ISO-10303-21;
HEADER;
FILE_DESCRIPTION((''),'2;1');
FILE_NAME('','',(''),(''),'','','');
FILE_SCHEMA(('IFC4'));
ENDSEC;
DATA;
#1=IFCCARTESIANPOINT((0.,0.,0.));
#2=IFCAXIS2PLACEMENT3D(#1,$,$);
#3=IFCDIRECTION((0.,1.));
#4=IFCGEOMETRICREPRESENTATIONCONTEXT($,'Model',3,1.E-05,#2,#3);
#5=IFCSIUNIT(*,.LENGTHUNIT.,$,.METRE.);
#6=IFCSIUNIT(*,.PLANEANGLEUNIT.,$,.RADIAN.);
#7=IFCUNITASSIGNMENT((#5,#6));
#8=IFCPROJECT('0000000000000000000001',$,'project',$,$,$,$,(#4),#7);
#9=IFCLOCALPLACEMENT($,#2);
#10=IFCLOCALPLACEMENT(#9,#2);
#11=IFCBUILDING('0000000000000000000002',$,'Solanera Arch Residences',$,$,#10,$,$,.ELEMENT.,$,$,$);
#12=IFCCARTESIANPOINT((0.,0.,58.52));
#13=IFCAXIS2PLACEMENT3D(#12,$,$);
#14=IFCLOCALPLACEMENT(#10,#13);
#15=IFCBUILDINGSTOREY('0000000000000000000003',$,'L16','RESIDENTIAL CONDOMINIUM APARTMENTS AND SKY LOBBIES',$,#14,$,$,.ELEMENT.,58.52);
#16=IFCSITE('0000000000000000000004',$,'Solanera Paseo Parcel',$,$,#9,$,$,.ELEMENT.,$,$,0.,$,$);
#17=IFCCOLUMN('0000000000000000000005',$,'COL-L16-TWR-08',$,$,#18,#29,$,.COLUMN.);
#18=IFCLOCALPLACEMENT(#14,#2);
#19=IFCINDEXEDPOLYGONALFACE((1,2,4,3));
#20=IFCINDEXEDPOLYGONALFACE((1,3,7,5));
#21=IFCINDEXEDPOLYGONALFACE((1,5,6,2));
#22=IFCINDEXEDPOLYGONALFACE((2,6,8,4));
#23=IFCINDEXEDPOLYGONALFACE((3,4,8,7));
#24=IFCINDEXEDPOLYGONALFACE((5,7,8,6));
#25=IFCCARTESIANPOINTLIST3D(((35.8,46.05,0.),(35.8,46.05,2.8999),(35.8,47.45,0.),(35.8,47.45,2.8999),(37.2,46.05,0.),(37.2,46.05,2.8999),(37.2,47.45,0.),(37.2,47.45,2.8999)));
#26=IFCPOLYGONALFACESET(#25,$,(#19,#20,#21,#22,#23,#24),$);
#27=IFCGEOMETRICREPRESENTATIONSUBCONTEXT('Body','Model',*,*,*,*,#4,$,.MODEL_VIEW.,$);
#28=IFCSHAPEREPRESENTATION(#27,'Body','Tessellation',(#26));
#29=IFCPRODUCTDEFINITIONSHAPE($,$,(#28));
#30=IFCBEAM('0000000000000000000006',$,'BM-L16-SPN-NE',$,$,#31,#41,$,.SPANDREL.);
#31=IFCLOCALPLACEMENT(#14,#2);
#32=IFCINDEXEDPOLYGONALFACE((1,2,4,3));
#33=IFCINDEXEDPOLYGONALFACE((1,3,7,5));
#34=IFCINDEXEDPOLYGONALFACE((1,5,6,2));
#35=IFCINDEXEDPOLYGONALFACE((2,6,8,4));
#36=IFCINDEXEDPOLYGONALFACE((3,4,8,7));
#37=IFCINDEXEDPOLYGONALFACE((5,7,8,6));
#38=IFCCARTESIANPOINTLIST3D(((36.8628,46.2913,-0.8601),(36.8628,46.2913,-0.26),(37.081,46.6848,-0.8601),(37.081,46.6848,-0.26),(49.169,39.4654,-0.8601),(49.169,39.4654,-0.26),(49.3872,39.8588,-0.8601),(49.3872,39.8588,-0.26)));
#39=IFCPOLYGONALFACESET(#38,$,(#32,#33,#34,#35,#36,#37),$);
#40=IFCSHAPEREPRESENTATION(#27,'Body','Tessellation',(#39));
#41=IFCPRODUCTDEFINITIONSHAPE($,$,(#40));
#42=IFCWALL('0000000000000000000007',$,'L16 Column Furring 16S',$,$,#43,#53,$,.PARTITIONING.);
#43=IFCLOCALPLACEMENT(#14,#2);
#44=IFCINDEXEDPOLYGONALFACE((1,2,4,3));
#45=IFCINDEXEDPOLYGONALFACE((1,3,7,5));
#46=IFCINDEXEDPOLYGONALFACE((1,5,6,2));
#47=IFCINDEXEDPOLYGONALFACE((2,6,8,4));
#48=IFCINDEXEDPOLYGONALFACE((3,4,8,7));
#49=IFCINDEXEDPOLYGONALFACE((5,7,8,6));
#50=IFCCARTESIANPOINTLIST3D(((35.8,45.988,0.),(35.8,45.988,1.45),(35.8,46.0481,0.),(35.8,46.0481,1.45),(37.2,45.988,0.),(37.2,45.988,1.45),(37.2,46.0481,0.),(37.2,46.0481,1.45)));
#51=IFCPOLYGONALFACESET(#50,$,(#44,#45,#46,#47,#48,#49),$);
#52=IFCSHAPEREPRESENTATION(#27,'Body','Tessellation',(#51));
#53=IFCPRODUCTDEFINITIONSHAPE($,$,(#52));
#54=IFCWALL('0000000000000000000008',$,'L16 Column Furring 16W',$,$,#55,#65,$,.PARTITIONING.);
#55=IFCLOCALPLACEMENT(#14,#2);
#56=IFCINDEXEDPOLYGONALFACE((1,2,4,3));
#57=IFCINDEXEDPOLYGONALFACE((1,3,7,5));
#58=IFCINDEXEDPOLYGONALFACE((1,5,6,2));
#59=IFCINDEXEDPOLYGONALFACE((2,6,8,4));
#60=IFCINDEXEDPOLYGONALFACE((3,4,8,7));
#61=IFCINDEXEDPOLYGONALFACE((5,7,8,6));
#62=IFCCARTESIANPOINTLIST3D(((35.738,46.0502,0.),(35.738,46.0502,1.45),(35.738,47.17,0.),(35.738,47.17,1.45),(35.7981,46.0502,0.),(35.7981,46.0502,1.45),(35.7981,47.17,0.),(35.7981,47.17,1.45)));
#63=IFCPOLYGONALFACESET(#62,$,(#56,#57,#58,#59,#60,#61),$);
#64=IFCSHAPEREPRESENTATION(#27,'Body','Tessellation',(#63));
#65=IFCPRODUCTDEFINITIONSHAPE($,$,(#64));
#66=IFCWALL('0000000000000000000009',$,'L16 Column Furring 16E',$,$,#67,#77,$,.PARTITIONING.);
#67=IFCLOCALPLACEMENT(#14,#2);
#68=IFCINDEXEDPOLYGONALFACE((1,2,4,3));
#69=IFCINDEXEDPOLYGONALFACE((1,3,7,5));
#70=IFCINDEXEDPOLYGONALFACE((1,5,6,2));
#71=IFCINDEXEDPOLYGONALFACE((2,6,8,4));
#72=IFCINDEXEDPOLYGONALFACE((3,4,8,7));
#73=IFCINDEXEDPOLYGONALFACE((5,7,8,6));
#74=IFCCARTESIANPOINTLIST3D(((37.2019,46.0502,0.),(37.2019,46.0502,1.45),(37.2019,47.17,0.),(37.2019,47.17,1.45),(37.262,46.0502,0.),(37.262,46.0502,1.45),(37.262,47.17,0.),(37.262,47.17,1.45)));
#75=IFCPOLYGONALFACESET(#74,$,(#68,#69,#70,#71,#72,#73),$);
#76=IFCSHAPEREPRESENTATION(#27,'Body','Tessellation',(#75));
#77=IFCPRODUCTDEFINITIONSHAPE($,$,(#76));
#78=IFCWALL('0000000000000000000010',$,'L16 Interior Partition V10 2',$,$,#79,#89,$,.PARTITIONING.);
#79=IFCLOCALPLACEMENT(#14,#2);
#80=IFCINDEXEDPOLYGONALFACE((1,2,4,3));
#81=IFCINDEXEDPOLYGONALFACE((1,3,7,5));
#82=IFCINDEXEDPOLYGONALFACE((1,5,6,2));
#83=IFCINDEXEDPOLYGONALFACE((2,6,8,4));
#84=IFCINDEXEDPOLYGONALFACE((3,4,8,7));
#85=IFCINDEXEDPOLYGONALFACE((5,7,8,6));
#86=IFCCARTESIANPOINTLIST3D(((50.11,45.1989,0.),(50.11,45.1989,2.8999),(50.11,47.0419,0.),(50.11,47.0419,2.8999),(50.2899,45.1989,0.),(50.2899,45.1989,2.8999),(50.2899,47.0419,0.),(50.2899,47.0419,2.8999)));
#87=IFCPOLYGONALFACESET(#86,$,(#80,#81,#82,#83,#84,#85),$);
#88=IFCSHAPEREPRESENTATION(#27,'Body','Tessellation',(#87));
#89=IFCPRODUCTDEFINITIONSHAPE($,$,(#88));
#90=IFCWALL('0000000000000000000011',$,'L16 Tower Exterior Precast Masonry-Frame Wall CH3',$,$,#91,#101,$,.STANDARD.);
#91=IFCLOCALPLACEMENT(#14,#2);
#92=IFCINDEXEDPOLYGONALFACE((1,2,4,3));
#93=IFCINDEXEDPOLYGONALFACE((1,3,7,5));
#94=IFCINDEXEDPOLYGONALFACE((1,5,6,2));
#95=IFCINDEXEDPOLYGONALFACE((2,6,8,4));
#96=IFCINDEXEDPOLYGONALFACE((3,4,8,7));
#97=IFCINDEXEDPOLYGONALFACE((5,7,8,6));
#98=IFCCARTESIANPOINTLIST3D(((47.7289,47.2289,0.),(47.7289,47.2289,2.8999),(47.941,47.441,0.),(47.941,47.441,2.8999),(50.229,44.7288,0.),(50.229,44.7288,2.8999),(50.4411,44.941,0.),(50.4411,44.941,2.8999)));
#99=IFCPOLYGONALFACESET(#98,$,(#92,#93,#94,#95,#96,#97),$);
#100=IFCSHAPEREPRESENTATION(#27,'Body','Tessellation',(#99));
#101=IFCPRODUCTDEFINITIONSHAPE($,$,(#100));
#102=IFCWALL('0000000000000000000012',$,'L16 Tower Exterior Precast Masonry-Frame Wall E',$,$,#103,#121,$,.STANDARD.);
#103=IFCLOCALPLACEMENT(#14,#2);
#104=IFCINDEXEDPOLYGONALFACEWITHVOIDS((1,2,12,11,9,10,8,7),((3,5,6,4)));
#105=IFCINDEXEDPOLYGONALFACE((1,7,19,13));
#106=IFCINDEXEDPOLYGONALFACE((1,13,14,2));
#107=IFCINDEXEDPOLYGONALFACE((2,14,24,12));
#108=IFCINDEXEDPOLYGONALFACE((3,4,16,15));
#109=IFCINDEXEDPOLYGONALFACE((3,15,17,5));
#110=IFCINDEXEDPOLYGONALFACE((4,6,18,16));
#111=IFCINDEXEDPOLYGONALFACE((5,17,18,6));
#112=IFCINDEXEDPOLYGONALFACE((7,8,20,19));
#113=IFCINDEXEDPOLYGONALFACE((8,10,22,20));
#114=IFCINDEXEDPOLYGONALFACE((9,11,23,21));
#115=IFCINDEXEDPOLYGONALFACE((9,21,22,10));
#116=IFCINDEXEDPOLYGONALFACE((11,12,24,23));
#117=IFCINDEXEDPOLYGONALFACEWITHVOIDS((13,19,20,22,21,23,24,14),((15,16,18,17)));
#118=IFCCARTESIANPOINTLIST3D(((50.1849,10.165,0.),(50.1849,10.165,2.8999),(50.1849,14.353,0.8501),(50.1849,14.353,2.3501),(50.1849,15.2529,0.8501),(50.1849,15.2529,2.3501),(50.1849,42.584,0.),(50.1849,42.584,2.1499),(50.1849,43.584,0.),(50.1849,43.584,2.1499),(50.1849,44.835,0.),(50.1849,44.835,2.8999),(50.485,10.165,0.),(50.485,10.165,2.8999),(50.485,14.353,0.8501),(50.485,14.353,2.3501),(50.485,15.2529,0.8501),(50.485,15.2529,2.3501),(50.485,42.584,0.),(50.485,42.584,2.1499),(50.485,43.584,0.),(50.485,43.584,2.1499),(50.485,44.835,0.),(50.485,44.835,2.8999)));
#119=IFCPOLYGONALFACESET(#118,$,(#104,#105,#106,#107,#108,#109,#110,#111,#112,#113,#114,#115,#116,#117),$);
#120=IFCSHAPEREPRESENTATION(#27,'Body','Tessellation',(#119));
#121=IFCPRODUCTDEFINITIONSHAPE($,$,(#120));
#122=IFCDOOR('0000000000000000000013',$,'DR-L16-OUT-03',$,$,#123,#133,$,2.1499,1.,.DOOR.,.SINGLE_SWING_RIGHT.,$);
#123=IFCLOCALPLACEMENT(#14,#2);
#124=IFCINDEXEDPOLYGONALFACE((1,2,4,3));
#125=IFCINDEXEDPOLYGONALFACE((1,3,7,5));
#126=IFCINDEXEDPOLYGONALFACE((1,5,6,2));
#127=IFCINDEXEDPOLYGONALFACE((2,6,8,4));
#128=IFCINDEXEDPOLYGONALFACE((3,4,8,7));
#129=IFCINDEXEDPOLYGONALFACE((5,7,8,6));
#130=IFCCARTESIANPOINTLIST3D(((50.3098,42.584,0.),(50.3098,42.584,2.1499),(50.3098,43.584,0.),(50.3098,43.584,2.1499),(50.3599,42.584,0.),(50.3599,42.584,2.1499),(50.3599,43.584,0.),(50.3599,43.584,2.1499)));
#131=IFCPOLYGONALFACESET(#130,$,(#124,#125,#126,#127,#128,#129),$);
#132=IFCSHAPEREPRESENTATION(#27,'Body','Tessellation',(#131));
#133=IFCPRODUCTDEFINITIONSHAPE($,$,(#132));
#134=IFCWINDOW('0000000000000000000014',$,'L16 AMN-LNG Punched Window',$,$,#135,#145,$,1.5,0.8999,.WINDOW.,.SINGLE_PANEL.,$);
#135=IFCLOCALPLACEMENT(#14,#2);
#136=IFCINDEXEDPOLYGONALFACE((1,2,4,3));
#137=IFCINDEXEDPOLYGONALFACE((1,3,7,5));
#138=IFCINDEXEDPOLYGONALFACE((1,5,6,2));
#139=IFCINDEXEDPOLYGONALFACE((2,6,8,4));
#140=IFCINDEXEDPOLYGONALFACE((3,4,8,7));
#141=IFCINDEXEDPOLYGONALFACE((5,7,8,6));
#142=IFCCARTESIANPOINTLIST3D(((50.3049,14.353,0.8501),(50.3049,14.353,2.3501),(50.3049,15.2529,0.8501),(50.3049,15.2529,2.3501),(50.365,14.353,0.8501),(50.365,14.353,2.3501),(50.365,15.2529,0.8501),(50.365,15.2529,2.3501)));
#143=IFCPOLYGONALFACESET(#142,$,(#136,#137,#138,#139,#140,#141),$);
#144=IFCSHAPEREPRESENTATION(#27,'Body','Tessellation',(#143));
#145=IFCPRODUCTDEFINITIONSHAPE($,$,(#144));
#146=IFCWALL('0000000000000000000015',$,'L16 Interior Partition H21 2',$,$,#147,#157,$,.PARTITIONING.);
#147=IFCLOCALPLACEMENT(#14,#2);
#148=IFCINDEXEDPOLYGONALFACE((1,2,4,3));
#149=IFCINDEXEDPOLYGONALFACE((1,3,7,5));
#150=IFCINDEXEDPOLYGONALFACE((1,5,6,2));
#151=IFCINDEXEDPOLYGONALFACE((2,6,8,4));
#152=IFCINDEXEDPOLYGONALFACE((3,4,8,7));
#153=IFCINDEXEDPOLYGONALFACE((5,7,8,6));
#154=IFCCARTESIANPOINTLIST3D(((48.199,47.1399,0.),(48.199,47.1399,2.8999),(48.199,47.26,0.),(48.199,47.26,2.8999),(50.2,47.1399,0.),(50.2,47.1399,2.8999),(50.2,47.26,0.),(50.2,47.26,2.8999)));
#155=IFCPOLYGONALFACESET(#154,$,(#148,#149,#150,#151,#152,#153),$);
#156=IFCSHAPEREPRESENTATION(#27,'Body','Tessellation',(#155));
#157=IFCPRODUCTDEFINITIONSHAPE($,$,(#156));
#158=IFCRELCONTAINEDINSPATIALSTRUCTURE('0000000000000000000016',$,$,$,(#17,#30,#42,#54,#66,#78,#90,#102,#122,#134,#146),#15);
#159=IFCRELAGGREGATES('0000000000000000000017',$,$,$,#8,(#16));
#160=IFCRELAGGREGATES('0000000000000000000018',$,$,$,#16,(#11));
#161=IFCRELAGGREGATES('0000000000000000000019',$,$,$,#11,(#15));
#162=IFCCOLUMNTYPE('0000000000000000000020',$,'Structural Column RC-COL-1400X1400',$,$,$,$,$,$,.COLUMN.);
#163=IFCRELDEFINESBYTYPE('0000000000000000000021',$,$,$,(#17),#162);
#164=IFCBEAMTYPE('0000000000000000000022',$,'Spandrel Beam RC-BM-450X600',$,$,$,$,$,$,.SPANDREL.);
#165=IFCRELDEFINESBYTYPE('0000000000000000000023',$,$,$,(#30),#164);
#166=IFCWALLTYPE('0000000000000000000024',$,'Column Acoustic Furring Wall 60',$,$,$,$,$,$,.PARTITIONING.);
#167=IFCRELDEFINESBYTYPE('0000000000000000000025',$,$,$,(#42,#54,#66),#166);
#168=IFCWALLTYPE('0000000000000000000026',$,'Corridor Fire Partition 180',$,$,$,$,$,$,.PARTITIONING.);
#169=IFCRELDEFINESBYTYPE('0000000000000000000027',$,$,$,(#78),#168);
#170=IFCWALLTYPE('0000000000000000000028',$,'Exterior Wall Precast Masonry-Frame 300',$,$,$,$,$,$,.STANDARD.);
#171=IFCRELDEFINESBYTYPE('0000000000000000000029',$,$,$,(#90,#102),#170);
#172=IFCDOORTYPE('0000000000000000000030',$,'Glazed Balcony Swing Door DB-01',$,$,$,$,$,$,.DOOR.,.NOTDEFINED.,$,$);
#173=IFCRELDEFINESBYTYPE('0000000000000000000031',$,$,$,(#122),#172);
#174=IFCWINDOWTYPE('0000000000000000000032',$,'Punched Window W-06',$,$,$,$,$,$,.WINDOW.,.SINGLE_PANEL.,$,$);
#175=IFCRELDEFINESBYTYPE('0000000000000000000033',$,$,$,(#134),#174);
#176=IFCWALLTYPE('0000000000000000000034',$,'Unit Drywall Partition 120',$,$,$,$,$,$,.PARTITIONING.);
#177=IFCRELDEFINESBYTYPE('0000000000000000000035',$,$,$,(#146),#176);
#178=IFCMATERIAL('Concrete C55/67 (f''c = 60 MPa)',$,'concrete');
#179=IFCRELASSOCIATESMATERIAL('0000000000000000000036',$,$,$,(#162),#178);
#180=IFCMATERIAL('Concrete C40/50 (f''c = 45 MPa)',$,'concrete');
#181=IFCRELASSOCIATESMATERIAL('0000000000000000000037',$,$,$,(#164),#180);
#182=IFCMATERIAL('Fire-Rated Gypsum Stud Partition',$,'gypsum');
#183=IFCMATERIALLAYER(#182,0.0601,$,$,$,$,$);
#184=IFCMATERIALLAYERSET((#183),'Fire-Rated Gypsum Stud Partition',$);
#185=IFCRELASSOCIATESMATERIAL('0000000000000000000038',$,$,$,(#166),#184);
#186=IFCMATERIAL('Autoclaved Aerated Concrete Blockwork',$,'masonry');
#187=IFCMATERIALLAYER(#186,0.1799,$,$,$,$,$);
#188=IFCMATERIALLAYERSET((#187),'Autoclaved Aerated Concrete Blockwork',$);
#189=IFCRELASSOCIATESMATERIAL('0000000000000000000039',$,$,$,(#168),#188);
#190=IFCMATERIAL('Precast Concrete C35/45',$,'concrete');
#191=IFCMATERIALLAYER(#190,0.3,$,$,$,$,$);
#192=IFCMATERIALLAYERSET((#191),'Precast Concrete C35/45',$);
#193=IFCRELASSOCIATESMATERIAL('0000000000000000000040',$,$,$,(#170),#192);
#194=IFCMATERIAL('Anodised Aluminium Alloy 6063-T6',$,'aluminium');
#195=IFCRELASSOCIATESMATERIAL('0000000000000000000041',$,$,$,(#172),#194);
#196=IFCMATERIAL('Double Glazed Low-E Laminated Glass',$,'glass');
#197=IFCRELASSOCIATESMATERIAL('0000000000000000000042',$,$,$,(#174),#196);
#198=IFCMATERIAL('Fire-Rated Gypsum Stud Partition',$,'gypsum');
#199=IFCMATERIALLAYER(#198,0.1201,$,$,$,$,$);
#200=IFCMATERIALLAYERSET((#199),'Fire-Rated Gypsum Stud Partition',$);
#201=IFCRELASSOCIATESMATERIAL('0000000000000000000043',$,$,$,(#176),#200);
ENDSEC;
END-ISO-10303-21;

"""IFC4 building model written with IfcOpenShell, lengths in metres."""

from ifc_helpers import new_model, si_unit, direction, frame, frame_2d, origin, origin_2d, place, context, subcontext, project, spatial, rectangle, extrude, material, layer, layer_set, material_profile, profile_set, type_object, element, fill, save


model = new_model("IFC4")

# Units and contexts
model_context = context("Model", 3, precision=1e-05, world=origin(), true_north=direction((0.0, 1.0)))
body_context = subcontext(model_context, "Body", "Model", "MODEL_VIEW")
ifc_project = project(units=[si_unit("LENGTHUNIT", "METRE"), si_unit("PLANEANGLEUNIT", "RADIAN")], contexts=[model_context])

# Site, building, storey
site_placement = place(None, origin())
site = spatial("IfcSite", under=ifc_project, at=site_placement, Name="Solanera Paseo Parcel", CompositionType="ELEMENT", RefElevation=0.0)
building_placement = place(site_placement, origin())
building = spatial("IfcBuilding", under=site, at=building_placement, Name="Solanera Arch Residences", CompositionType="ELEMENT")
storey_placement = place(building_placement, frame((0.0, 0.0, 58.52)))
storey = spatial("IfcBuildingStorey", under=building, at=storey_placement, Name="L16", Description="RESIDENTIAL CONDOMINIUM APARTMENTS AND SKY LOBBIES", CompositionType="ELEMENT", Elevation=58.52)

# Column
ifc_material_1 = material(Name="Concrete C55/67 (f'c = 60 MPa)", Category="concrete")
ifc_material_profile_1 = material_profile(ifc_material_1, rectangle(XDim=1.3999, YDim=1.3999, at=origin_2d()))
ifc_profile_set_1 = profile_set([ifc_material_profile_1], Name="Concrete C55/67 (f'c = 60 MPa)")
column_type = type_object("IfcColumnType", Name="Structural Column RC-COL-1400X1400", PredefinedType="COLUMN", material=ifc_profile_set_1)
column_placement = place(storey_placement, frame((36.5, 46.75, 0.0), z_axis=(0.0, 0.0, 1.0), x_axis=(1.0, 0.0, 0.0)))
element("IfcColumn", 1, at=column_placement, inside=storey, type_object=column_type, Name="COL-L16-TWR-08", PredefinedType="COLUMN", context=body_context, shape_type="SweptSolid", body=[
    extrude(rectangle(XDim=1.3999, YDim=1.3999, at=origin_2d()), origin(), (0.0, 0.0, 1.0), 2.8999),
])

# Beam
ifc_material_2 = material(Name="Concrete C40/50 (f'c = 45 MPa)", Category="concrete")
ifc_material_profile_2 = material_profile(ifc_material_2, rectangle(XDim=0.45, YDim=0.6001, at=origin_2d()))
ifc_profile_set_2 = profile_set([ifc_material_profile_2], Name="Concrete C40/50 (f'c = 45 MPa)")
beam_type = type_object("IfcBeamType", Name="Spandrel Beam RC-BM-450X600", PredefinedType="SPANDREL", material=ifc_profile_set_2)
beam_placement = place(storey_placement, frame((36.9719, 46.488, -0.5601), z_axis=(0.874484, -0.485055, 0.0), x_axis=(0.485055, 0.874484, 0.0)))
element("IfcBeam", 2, at=beam_placement, inside=storey, type_object=beam_type, Name="BM-L16-SPN-NE", PredefinedType="SPANDREL", context=body_context, shape_type="SweptSolid", body=[
    extrude(rectangle(XDim=0.45, YDim=0.6001, at=origin_2d()), origin(), (0.0, 0.0, 1.0), 14.0725),
])

# Walls
ifc_material_3 = material(Name="Fire-Rated Gypsum Stud Partition", Category="gypsum")
ifc_layer_1 = layer(ifc_material_3, 0.0601)
ifc_layer_set_1 = layer_set([ifc_layer_1], Name="Fire-Rated Gypsum Stud Partition")
wall_type_1 = type_object("IfcWallType", Name="Column Acoustic Furring Wall 60", PredefinedType="PARTITIONING", material=ifc_layer_set_1)
wall_1_placement = place(storey_placement, frame((35.8, 46.0181, 0.0), z_axis=(0.0, 0.0, 1.0), x_axis=(1.0, 0.0, 0.0)))
element("IfcWall", 3, at=wall_1_placement, inside=storey, type_object=wall_type_1, Name="L16 Column Furring 16S", PredefinedType="PARTITIONING", context=body_context, shape_type="SweptSolid", body=[
    extrude(rectangle(XDim=1.3999, YDim=0.0601, at=frame_2d((0.7, 0.0))), origin(), (0.0, 0.0, 1.0), 1.45),
])
for number, where, z_axis, x_axis, name in (
    (4, (35.7681, 46.05, 0.0), (0.0, 0.0, 1.0), (0.0, 1.0, 0.0), "L16 Column Furring 16W"),
    (5, (37.2319, 46.05, 0.0), (0.0, 0.0, 1.0), (0.0, 1.0, 0.0), "L16 Column Furring 16E"),
):
    element("IfcWall", number, at=place(storey_placement, frame(where, z_axis=z_axis, x_axis=x_axis)), inside=storey, type_object=wall_type_1, Name=name, PredefinedType="PARTITIONING", context=body_context, shape_type="SweptSolid", body=[
        extrude(rectangle(XDim=1.1199, YDim=0.0601, at=frame_2d((0.5601, 0.0))), origin(), (0.0, 0.0, 1.0), 1.45),
    ])
ifc_material_4 = material(Name="Autoclaved Aerated Concrete Blockwork", Category="masonry")
ifc_layer_2 = layer(ifc_material_4, 0.1799)
ifc_layer_set_2 = layer_set([ifc_layer_2], Name="Autoclaved Aerated Concrete Blockwork")
wall_type_2 = type_object("IfcWallType", Name="Corridor Fire Partition 180", PredefinedType="PARTITIONING", material=ifc_layer_set_2)
wall_2_placement = place(storey_placement, frame((50.2, 45.199, 0.0), z_axis=(0.0, 0.0, 1.0), x_axis=(0.0, 1.0, 0.0)))
element("IfcWall", 6, at=wall_2_placement, inside=storey, type_object=wall_type_2, Name="L16 Interior Partition V10 2", PredefinedType="PARTITIONING", context=body_context, shape_type="SweptSolid", body=[
    extrude(rectangle(XDim=1.843, YDim=0.1799, at=frame_2d((0.9214, 0.0))), origin(), (0.0, 0.0, 1.0), 2.8999),
])
ifc_material_5 = material(Name="Precast Concrete C35/45", Category="concrete")
ifc_layer_3 = layer(ifc_material_5, 0.3)
ifc_layer_set_3 = layer_set([ifc_layer_3], Name="Precast Concrete C35/45")
wall_type_3 = type_object("IfcWallType", Name="Exterior Wall Precast Masonry-Frame 300", PredefinedType="STANDARD", material=ifc_layer_set_3)
wall_3_placement = place(storey_placement, frame((47.835, 47.335, 0.0), z_axis=(0.0, 0.0, 1.0), x_axis=(0.707107, -0.707107, 0.0)))
element("IfcWall", 7, at=wall_3_placement, inside=storey, type_object=wall_type_3, Name="L16 Tower Exterior Precast Masonry-Frame Wall CH3", PredefinedType="STANDARD", context=body_context, shape_type="SweptSolid", body=[
    extrude(rectangle(XDim=3.5356, YDim=0.3, at=frame_2d((1.7678, 0.0))), origin(), (0.0, 0.0, 1.0), 2.8999),
])

# Wall, openings, door, window
wall_4_placement = place(storey_placement, frame((50.335, 44.835, 0.0), z_axis=(0.0, 0.0, 1.0), x_axis=(0.0, -1.0, 0.0)))
wall_4 = element("IfcWall", 8, at=wall_4_placement, inside=storey, type_object=wall_type_3, Name="L16 Tower Exterior Precast Masonry-Frame Wall E", PredefinedType="STANDARD", context=body_context, shape_type="SweptSolid", body=[
    extrude(rectangle(XDim=34.6699, YDim=0.3, at=frame_2d((17.335, 0.0))), origin(), (0.0, 0.0, 1.0), 2.8999),
])
opening_1_placement = place(wall_4_placement, frame((1.251, 0.0, 0.0)))
opening_1 = element("IfcOpeningElement", 9, at=opening_1_placement, cuts=wall_4, PredefinedType="OPENING", context=body_context, shape_type="SweptSolid", body=[
    extrude(rectangle(XDim=1.0, YDim=2.1499, at=frame_2d((0.5, 1.075))), frame((0.0, 0.1599, 0.0), z_axis=(0.0, -1.0, 0.0), x_axis=(1.0, 0.0, 0.0)), (0.0, 0.0, 1.0), 0.32),
])
opening_2_placement = place(wall_4_placement, frame((29.582, 0.0, 0.8501)))
opening_2 = element("IfcOpeningElement", 10, at=opening_2_placement, cuts=wall_4, PredefinedType="OPENING", context=body_context, shape_type="SweptSolid", body=[
    extrude(rectangle(XDim=0.8999, YDim=1.5, at=frame_2d((0.45, 0.75))), frame((0.0, 0.1599, 0.0), z_axis=(0.0, -1.0, 0.0), x_axis=(1.0, 0.0, 0.0)), (0.0, 0.0, 1.0), 0.32),
])
ifc_material_6 = material(Name="Anodised Aluminium Alloy 6063-T6", Category="aluminium")
door_type_1 = type_object("IfcDoorType", Name="Glazed Balcony Swing Door DB-01", OperationType="NOTDEFINED", PredefinedType="DOOR", material=ifc_material_6)
door_1_placement = place(opening_1_placement, origin())
door_1 = element("IfcDoor", 11, at=door_1_placement, inside=storey, type_object=door_type_1, Name="DR-L16-OUT-03", OperationType="SINGLE_SWING_RIGHT", OverallHeight=2.1499, OverallWidth=1.0, PredefinedType="DOOR", context=body_context, shape_type="SweptSolid", body=[
    extrude(rectangle(XDim=1.0, YDim=2.1499, at=frame_2d((0.5, 1.075))), frame((0.0, 0.0249, 0.0), z_axis=(0.0, -1.0, 0.0), x_axis=(1.0, 0.0, 0.0)), (0.0, 0.0, 1.0), 0.05),
])
fill(opening_1, door_1)
ifc_material_7 = material(Name="Double Glazed Low-E Laminated Glass", Category="glass")
window_type = type_object("IfcWindowType", Name="Punched Window W-06", PartitioningType="SINGLE_PANEL", PredefinedType="WINDOW", material=ifc_material_7)
window_placement = place(opening_2_placement, origin())
window = element("IfcWindow", 12, at=window_placement, inside=storey, type_object=window_type, Name="L16 AMN-LNG Punched Window", OverallHeight=1.5, OverallWidth=0.8999, PartitioningType="SINGLE_PANEL", PredefinedType="WINDOW", context=body_context, shape_type="SweptSolid", body=[
    extrude(rectangle(XDim=0.8999, YDim=1.5, at=frame_2d((0.45, 0.75))), frame((0.0, 0.03, 0.0), z_axis=(0.0, -1.0, 0.0), x_axis=(1.0, 0.0, 0.0)), (0.0, 0.0, 1.0), 0.0601),
])
fill(opening_2, window)

# Wall
ifc_material_8 = material(Name="Fire-Rated Gypsum Stud Partition", Category="gypsum")
ifc_layer_4 = layer(ifc_material_8, 0.1201)
ifc_layer_set_4 = layer_set([ifc_layer_4], Name="Fire-Rated Gypsum Stud Partition")
wall_type_4 = type_object("IfcWallType", Name="Unit Drywall Partition 120", PredefinedType="PARTITIONING", material=ifc_layer_set_4)
wall_5_placement = place(storey_placement, frame((48.199, 47.2, 0.0), z_axis=(0.0, 0.0, 1.0), x_axis=(1.0, 0.0, 0.0)))
element("IfcWall", 13, at=wall_5_placement, inside=storey, type_object=wall_type_4, Name="L16 Interior Partition H21 2", PredefinedType="PARTITIONING", context=body_context, shape_type="SweptSolid", body=[
    extrude(rectangle(XDim=2.001, YDim=0.1201, at=frame_2d((1.0005, 0.0))), origin(), (0.0, 0.0, 1.0), 2.8999),
])

save(model, "model.ifc")
